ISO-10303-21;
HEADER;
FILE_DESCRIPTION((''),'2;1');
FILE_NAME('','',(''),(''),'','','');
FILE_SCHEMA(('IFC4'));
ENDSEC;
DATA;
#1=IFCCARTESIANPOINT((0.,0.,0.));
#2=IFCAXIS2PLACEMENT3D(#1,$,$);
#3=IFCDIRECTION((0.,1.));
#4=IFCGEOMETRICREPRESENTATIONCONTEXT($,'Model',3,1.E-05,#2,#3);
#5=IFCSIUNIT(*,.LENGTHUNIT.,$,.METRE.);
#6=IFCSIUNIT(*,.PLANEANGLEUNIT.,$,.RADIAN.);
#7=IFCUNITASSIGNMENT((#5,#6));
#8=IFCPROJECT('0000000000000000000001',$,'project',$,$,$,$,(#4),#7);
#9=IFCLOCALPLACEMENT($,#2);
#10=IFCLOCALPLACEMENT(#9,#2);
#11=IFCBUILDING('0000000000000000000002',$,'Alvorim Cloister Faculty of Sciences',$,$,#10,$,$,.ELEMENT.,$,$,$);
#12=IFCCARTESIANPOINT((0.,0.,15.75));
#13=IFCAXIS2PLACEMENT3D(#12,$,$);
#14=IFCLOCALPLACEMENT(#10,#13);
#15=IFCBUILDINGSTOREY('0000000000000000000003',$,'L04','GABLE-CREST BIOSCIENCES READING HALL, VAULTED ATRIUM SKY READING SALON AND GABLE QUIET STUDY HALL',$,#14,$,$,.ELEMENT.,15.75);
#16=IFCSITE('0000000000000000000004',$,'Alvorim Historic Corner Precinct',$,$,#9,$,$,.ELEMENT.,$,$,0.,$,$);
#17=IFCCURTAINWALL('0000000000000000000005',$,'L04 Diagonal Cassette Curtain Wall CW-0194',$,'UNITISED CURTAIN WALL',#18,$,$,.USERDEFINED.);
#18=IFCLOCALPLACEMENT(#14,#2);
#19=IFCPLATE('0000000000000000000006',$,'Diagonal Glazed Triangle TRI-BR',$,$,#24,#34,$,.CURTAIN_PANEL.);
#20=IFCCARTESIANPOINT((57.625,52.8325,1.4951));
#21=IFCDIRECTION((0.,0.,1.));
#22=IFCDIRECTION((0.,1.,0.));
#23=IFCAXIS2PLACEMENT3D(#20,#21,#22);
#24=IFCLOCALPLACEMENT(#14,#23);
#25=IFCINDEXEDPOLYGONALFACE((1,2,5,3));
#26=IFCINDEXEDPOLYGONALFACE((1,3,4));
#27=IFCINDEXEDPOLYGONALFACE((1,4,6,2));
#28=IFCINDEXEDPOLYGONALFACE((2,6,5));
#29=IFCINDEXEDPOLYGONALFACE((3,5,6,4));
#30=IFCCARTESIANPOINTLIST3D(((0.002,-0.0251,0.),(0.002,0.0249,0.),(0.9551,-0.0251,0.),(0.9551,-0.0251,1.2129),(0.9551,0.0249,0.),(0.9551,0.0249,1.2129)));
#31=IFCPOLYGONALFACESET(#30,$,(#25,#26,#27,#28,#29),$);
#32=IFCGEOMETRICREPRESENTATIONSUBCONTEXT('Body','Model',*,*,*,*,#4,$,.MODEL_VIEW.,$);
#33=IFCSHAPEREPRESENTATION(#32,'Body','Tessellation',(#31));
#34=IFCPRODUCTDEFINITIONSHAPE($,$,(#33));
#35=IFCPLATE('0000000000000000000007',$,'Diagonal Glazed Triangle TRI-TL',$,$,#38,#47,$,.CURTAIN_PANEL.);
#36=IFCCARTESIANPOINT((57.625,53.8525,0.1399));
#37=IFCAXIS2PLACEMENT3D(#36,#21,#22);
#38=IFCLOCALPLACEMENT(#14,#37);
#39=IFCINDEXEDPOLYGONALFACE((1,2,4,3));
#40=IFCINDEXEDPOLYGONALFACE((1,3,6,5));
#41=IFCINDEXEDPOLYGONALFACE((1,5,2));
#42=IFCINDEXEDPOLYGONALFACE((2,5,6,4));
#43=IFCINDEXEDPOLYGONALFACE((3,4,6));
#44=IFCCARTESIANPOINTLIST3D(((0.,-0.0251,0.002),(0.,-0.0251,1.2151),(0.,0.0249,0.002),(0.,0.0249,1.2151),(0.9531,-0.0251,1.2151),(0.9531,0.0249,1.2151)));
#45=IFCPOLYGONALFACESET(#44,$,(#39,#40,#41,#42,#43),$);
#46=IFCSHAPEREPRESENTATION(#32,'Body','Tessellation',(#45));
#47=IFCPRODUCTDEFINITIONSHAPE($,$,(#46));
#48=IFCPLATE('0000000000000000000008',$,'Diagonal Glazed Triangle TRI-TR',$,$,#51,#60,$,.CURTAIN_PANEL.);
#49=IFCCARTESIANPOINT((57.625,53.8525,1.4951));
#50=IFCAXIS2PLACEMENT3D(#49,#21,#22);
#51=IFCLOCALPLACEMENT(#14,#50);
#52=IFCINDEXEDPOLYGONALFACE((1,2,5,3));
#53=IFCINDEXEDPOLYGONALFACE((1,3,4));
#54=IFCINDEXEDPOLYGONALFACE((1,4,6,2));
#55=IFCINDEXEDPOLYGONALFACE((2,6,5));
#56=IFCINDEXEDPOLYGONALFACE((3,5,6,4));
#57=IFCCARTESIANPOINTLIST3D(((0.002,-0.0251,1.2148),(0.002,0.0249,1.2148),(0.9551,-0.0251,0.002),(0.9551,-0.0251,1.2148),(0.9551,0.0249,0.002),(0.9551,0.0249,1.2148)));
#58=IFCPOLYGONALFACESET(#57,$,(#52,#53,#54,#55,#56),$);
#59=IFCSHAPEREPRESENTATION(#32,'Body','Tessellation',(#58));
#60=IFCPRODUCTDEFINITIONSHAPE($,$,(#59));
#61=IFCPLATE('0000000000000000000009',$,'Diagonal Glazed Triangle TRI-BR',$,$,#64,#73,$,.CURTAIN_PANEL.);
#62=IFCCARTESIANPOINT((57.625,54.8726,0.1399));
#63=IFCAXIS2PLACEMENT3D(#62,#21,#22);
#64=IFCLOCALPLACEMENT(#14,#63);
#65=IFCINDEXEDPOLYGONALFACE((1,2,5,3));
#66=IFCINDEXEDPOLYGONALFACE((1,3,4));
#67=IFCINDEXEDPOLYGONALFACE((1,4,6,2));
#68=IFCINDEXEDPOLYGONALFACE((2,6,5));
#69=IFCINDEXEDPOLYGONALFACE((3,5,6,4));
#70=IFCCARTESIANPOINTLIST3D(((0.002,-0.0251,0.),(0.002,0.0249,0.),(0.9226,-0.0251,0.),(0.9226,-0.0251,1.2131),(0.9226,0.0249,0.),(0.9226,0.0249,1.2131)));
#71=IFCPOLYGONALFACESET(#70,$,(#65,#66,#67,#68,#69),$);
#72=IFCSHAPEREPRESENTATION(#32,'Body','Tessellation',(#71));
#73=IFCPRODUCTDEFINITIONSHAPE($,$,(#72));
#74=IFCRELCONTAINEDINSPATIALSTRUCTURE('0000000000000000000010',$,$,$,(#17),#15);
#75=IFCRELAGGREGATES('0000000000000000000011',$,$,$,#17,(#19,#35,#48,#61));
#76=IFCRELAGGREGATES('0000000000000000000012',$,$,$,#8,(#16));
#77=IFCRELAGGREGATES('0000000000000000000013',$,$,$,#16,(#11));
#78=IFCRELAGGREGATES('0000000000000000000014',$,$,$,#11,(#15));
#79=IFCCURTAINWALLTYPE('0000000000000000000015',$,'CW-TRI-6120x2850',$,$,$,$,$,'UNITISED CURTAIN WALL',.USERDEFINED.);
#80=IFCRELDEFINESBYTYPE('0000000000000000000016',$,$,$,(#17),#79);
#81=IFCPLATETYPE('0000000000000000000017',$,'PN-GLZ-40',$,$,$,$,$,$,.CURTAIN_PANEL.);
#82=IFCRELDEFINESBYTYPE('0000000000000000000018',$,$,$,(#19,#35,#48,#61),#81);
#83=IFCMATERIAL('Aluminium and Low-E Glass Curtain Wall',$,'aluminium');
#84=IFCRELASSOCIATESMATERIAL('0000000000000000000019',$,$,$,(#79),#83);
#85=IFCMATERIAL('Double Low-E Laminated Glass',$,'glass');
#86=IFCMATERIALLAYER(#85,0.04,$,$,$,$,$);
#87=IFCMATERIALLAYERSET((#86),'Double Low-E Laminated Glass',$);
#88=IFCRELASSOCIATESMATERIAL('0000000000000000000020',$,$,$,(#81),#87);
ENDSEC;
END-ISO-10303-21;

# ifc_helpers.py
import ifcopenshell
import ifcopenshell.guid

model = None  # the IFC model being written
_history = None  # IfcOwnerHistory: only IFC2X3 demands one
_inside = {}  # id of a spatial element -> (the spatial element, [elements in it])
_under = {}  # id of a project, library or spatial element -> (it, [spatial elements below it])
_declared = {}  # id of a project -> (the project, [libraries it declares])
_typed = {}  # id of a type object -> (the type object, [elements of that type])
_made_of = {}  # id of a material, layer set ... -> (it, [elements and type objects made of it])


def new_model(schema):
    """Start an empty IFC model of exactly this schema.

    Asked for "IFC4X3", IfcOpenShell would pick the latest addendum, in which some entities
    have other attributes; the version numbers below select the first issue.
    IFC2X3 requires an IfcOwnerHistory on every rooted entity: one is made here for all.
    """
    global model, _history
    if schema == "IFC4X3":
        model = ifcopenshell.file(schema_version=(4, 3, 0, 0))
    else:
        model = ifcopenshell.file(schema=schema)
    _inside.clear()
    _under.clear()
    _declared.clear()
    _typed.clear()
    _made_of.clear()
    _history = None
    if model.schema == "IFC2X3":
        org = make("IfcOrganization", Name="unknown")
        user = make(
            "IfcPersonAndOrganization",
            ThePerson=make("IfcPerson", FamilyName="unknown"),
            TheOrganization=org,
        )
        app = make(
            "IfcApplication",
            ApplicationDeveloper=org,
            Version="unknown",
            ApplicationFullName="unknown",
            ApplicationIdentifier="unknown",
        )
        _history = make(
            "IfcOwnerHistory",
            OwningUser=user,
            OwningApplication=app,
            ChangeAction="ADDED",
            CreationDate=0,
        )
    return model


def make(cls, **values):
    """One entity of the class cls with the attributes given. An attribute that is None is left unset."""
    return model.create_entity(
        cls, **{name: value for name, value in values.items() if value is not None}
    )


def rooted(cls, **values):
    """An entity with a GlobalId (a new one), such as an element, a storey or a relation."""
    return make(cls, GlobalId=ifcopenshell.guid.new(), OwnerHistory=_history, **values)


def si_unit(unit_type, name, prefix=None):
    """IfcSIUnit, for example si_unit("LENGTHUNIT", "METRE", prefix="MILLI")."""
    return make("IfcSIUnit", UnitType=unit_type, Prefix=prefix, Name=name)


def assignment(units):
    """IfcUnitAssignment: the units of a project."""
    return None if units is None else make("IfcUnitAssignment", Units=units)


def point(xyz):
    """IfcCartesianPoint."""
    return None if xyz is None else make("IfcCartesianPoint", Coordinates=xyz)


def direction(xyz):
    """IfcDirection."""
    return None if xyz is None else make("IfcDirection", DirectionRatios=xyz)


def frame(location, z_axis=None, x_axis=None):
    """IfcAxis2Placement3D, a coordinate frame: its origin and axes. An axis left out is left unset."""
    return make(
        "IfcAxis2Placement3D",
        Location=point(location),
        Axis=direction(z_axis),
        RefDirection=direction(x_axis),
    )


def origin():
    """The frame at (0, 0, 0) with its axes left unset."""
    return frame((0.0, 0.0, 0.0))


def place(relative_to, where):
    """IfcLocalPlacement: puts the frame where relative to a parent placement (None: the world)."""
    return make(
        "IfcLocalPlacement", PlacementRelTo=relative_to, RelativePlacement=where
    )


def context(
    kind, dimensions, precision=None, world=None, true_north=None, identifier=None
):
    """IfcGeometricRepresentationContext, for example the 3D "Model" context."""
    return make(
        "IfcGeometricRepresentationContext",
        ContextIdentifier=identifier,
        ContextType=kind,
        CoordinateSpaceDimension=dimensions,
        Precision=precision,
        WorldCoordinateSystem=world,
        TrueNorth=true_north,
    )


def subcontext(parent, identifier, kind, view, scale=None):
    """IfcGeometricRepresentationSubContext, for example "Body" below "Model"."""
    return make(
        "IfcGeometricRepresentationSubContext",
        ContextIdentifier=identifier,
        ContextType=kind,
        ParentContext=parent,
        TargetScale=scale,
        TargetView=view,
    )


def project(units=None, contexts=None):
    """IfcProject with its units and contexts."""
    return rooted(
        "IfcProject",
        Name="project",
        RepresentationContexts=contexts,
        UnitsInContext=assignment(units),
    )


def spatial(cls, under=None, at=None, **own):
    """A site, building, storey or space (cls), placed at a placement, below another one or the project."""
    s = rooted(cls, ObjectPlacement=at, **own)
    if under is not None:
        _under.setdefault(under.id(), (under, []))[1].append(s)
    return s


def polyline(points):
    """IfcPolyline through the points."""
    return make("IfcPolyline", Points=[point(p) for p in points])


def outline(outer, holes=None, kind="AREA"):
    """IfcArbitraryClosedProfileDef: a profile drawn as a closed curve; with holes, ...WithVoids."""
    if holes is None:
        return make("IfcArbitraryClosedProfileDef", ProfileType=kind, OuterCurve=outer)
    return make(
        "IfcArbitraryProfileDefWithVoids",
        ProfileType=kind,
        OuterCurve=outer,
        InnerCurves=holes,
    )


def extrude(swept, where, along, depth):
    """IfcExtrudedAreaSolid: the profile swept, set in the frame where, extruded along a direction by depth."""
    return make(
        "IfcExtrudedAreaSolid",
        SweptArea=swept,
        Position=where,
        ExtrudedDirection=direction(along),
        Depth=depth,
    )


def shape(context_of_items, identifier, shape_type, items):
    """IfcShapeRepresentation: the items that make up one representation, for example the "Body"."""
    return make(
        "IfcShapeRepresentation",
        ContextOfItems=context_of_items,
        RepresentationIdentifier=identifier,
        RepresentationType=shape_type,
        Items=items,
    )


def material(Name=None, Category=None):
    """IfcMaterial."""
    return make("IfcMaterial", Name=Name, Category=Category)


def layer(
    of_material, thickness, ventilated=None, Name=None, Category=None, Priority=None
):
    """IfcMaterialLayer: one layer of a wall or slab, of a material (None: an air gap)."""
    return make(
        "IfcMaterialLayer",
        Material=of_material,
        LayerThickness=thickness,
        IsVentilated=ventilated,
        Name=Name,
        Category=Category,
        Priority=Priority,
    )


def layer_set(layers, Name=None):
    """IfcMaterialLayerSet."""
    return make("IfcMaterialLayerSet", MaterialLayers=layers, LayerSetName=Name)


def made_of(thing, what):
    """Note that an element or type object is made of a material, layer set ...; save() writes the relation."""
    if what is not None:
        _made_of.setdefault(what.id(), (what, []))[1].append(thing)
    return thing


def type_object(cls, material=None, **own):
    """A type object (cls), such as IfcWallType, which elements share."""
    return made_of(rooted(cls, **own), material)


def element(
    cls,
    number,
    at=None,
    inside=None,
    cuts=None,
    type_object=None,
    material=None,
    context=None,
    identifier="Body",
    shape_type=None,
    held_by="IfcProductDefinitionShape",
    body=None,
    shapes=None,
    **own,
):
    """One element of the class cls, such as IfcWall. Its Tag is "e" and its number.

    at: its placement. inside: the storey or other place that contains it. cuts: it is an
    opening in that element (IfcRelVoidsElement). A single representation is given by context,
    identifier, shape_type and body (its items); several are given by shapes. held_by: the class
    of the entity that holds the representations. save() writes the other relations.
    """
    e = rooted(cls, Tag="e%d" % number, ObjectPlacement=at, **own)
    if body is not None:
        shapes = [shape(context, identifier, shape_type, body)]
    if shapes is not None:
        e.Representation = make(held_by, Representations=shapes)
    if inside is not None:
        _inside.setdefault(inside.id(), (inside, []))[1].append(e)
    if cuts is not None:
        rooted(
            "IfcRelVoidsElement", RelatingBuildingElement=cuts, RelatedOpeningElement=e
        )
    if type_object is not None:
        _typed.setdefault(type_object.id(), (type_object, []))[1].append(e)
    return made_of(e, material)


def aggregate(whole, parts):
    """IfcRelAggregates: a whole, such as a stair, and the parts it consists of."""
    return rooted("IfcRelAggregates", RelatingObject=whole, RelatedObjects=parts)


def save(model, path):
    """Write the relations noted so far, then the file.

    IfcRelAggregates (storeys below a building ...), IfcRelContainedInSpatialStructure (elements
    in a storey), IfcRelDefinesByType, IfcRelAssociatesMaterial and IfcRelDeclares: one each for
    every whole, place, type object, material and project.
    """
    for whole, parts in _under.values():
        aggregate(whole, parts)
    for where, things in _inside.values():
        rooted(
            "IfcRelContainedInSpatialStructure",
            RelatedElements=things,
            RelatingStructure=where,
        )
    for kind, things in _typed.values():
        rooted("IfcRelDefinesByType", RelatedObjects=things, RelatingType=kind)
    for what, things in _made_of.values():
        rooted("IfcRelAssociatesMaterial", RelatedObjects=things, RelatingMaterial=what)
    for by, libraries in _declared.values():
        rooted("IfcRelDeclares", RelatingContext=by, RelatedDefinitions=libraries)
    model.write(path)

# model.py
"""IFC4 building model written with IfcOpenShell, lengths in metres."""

from ifc_helpers import new_model, si_unit, direction, frame, origin, place, context, subcontext, project, spatial, polyline, outline, extrude, material, layer, layer_set, type_object, element, aggregate, save


model = new_model("IFC4")

# Units and contexts
model_context = context("Model", 3, precision=1e-05, world=origin(), true_north=direction((0.0, 1.0)))
body_context = subcontext(model_context, "Body", "Model", "MODEL_VIEW")
ifc_project = project(units=[si_unit("LENGTHUNIT", "METRE"), si_unit("PLANEANGLEUNIT", "RADIAN")], contexts=[model_context])

# Site, building, storey
site_placement = place(None, origin())
site = spatial("IfcSite", under=ifc_project, at=site_placement, Name="Alvorim Historic Corner Precinct", CompositionType="ELEMENT", RefElevation=0.0)
building_placement = place(site_placement, origin())
building = spatial("IfcBuilding", under=site, at=building_placement, Name="Alvorim Cloister Faculty of Sciences", CompositionType="ELEMENT")
storey_placement = place(building_placement, frame((0.0, 0.0, 15.75)))
storey = spatial("IfcBuildingStorey", under=building, at=storey_placement, Name="L04", Description="GABLE-CREST BIOSCIENCES READING HALL, VAULTED ATRIUM SKY READING SALON AND GABLE QUIET STUDY HALL", CompositionType="ELEMENT", Elevation=15.75)

# Curtain wall, plates
ifc_material_1 = material(Name="Aluminium and Low-E Glass Curtain Wall", Category="aluminium")
curtain_wall_type = type_object("IfcCurtainWallType", Name="CW-TRI-6120x2850", ElementType="UNITISED CURTAIN WALL", PredefinedType="USERDEFINED", material=ifc_material_1)
curtain_wall_placement = place(storey_placement, origin())
curtain_wall = element("IfcCurtainWall", 1, at=curtain_wall_placement, inside=storey, type_object=curtain_wall_type, Name="L04 Diagonal Cassette Curtain Wall CW-0194", ObjectType="UNITISED CURTAIN WALL", PredefinedType="USERDEFINED")
ifc_material_2 = material(Name="Double Low-E Laminated Glass", Category="glass")
ifc_layer = layer(ifc_material_2, 0.04)
ifc_layer_set = layer_set([ifc_layer], Name="Double Low-E Laminated Glass")
plate_type = type_object("IfcPlateType", Name="PN-GLZ-40", PredefinedType="CURTAIN_PANEL", material=ifc_layer_set)
plate_1_placement = place(storey_placement, frame((57.625, 52.8325, 1.4951), z_axis=(0.0, 0.0, 1.0), x_axis=(0.0, 1.0, 0.0)))
plate_1 = element("IfcPlate", 2, at=plate_1_placement, type_object=plate_type, Name="Diagonal Glazed Triangle TRI-BR", PredefinedType="CURTAIN_PANEL", context=body_context, shape_type="SweptSolid", body=[
    extrude(outline(polyline([(0.002, 0.0), (0.9551, 0.0), (0.9551, 1.2129), (0.002, 0.0)])), frame((0.0, 0.0249, 0.0), z_axis=(0.0, -1.0, 0.0), x_axis=(1.0, 0.0, 0.0)), (0.0, 0.0, 1.0), 0.05),
])
plate_2_placement = place(storey_placement, frame((57.625, 53.8525, 0.1399), z_axis=(0.0, 0.0, 1.0), x_axis=(0.0, 1.0, 0.0)))
plate_2 = element("IfcPlate", 3, at=plate_2_placement, type_object=plate_type, Name="Diagonal Glazed Triangle TRI-TL", PredefinedType="CURTAIN_PANEL", context=body_context, shape_type="SweptSolid", body=[
    extrude(outline(polyline([(0.9531, 1.2151), (0.0, 1.2151), (0.0, 0.002), (0.9531, 1.2151)])), frame((0.0, 0.0249, 0.0), z_axis=(0.0, -1.0, 0.0), x_axis=(1.0, 0.0, 0.0)), (0.0, 0.0, 1.0), 0.05),
])
plate_3_placement = place(storey_placement, frame((57.625, 53.8525, 1.4951), z_axis=(0.0, 0.0, 1.0), x_axis=(0.0, 1.0, 0.0)))
plate_3 = element("IfcPlate", 4, at=plate_3_placement, type_object=plate_type, Name="Diagonal Glazed Triangle TRI-TR", PredefinedType="CURTAIN_PANEL", context=body_context, shape_type="SweptSolid", body=[
    extrude(outline(polyline([(0.9551, 0.002), (0.9551, 1.2148), (0.002, 1.2148), (0.9551, 0.002)])), frame((0.0, 0.0249, 0.0), z_axis=(0.0, -1.0, 0.0), x_axis=(1.0, 0.0, 0.0)), (0.0, 0.0, 1.0), 0.05),
])
plate_4_placement = place(storey_placement, frame((57.625, 54.8726, 0.1399), z_axis=(0.0, 0.0, 1.0), x_axis=(0.0, 1.0, 0.0)))
plate_4 = element("IfcPlate", 5, at=plate_4_placement, type_object=plate_type, Name="Diagonal Glazed Triangle TRI-BR", PredefinedType="CURTAIN_PANEL", context=body_context, shape_type="SweptSolid", body=[
    extrude(outline(polyline([(0.002, 0.0), (0.9226, 0.0), (0.9226, 1.2131), (0.002, 0.0)])), frame((0.0, 0.0249, 0.0), z_axis=(0.0, -1.0, 0.0), x_axis=(1.0, 0.0, 0.0)), (0.0, 0.0, 1.0), 0.05),
])
aggregate(curtain_wall, [plate_1, plate_2, plate_3, plate_4])

save(model, "model.ifc")
